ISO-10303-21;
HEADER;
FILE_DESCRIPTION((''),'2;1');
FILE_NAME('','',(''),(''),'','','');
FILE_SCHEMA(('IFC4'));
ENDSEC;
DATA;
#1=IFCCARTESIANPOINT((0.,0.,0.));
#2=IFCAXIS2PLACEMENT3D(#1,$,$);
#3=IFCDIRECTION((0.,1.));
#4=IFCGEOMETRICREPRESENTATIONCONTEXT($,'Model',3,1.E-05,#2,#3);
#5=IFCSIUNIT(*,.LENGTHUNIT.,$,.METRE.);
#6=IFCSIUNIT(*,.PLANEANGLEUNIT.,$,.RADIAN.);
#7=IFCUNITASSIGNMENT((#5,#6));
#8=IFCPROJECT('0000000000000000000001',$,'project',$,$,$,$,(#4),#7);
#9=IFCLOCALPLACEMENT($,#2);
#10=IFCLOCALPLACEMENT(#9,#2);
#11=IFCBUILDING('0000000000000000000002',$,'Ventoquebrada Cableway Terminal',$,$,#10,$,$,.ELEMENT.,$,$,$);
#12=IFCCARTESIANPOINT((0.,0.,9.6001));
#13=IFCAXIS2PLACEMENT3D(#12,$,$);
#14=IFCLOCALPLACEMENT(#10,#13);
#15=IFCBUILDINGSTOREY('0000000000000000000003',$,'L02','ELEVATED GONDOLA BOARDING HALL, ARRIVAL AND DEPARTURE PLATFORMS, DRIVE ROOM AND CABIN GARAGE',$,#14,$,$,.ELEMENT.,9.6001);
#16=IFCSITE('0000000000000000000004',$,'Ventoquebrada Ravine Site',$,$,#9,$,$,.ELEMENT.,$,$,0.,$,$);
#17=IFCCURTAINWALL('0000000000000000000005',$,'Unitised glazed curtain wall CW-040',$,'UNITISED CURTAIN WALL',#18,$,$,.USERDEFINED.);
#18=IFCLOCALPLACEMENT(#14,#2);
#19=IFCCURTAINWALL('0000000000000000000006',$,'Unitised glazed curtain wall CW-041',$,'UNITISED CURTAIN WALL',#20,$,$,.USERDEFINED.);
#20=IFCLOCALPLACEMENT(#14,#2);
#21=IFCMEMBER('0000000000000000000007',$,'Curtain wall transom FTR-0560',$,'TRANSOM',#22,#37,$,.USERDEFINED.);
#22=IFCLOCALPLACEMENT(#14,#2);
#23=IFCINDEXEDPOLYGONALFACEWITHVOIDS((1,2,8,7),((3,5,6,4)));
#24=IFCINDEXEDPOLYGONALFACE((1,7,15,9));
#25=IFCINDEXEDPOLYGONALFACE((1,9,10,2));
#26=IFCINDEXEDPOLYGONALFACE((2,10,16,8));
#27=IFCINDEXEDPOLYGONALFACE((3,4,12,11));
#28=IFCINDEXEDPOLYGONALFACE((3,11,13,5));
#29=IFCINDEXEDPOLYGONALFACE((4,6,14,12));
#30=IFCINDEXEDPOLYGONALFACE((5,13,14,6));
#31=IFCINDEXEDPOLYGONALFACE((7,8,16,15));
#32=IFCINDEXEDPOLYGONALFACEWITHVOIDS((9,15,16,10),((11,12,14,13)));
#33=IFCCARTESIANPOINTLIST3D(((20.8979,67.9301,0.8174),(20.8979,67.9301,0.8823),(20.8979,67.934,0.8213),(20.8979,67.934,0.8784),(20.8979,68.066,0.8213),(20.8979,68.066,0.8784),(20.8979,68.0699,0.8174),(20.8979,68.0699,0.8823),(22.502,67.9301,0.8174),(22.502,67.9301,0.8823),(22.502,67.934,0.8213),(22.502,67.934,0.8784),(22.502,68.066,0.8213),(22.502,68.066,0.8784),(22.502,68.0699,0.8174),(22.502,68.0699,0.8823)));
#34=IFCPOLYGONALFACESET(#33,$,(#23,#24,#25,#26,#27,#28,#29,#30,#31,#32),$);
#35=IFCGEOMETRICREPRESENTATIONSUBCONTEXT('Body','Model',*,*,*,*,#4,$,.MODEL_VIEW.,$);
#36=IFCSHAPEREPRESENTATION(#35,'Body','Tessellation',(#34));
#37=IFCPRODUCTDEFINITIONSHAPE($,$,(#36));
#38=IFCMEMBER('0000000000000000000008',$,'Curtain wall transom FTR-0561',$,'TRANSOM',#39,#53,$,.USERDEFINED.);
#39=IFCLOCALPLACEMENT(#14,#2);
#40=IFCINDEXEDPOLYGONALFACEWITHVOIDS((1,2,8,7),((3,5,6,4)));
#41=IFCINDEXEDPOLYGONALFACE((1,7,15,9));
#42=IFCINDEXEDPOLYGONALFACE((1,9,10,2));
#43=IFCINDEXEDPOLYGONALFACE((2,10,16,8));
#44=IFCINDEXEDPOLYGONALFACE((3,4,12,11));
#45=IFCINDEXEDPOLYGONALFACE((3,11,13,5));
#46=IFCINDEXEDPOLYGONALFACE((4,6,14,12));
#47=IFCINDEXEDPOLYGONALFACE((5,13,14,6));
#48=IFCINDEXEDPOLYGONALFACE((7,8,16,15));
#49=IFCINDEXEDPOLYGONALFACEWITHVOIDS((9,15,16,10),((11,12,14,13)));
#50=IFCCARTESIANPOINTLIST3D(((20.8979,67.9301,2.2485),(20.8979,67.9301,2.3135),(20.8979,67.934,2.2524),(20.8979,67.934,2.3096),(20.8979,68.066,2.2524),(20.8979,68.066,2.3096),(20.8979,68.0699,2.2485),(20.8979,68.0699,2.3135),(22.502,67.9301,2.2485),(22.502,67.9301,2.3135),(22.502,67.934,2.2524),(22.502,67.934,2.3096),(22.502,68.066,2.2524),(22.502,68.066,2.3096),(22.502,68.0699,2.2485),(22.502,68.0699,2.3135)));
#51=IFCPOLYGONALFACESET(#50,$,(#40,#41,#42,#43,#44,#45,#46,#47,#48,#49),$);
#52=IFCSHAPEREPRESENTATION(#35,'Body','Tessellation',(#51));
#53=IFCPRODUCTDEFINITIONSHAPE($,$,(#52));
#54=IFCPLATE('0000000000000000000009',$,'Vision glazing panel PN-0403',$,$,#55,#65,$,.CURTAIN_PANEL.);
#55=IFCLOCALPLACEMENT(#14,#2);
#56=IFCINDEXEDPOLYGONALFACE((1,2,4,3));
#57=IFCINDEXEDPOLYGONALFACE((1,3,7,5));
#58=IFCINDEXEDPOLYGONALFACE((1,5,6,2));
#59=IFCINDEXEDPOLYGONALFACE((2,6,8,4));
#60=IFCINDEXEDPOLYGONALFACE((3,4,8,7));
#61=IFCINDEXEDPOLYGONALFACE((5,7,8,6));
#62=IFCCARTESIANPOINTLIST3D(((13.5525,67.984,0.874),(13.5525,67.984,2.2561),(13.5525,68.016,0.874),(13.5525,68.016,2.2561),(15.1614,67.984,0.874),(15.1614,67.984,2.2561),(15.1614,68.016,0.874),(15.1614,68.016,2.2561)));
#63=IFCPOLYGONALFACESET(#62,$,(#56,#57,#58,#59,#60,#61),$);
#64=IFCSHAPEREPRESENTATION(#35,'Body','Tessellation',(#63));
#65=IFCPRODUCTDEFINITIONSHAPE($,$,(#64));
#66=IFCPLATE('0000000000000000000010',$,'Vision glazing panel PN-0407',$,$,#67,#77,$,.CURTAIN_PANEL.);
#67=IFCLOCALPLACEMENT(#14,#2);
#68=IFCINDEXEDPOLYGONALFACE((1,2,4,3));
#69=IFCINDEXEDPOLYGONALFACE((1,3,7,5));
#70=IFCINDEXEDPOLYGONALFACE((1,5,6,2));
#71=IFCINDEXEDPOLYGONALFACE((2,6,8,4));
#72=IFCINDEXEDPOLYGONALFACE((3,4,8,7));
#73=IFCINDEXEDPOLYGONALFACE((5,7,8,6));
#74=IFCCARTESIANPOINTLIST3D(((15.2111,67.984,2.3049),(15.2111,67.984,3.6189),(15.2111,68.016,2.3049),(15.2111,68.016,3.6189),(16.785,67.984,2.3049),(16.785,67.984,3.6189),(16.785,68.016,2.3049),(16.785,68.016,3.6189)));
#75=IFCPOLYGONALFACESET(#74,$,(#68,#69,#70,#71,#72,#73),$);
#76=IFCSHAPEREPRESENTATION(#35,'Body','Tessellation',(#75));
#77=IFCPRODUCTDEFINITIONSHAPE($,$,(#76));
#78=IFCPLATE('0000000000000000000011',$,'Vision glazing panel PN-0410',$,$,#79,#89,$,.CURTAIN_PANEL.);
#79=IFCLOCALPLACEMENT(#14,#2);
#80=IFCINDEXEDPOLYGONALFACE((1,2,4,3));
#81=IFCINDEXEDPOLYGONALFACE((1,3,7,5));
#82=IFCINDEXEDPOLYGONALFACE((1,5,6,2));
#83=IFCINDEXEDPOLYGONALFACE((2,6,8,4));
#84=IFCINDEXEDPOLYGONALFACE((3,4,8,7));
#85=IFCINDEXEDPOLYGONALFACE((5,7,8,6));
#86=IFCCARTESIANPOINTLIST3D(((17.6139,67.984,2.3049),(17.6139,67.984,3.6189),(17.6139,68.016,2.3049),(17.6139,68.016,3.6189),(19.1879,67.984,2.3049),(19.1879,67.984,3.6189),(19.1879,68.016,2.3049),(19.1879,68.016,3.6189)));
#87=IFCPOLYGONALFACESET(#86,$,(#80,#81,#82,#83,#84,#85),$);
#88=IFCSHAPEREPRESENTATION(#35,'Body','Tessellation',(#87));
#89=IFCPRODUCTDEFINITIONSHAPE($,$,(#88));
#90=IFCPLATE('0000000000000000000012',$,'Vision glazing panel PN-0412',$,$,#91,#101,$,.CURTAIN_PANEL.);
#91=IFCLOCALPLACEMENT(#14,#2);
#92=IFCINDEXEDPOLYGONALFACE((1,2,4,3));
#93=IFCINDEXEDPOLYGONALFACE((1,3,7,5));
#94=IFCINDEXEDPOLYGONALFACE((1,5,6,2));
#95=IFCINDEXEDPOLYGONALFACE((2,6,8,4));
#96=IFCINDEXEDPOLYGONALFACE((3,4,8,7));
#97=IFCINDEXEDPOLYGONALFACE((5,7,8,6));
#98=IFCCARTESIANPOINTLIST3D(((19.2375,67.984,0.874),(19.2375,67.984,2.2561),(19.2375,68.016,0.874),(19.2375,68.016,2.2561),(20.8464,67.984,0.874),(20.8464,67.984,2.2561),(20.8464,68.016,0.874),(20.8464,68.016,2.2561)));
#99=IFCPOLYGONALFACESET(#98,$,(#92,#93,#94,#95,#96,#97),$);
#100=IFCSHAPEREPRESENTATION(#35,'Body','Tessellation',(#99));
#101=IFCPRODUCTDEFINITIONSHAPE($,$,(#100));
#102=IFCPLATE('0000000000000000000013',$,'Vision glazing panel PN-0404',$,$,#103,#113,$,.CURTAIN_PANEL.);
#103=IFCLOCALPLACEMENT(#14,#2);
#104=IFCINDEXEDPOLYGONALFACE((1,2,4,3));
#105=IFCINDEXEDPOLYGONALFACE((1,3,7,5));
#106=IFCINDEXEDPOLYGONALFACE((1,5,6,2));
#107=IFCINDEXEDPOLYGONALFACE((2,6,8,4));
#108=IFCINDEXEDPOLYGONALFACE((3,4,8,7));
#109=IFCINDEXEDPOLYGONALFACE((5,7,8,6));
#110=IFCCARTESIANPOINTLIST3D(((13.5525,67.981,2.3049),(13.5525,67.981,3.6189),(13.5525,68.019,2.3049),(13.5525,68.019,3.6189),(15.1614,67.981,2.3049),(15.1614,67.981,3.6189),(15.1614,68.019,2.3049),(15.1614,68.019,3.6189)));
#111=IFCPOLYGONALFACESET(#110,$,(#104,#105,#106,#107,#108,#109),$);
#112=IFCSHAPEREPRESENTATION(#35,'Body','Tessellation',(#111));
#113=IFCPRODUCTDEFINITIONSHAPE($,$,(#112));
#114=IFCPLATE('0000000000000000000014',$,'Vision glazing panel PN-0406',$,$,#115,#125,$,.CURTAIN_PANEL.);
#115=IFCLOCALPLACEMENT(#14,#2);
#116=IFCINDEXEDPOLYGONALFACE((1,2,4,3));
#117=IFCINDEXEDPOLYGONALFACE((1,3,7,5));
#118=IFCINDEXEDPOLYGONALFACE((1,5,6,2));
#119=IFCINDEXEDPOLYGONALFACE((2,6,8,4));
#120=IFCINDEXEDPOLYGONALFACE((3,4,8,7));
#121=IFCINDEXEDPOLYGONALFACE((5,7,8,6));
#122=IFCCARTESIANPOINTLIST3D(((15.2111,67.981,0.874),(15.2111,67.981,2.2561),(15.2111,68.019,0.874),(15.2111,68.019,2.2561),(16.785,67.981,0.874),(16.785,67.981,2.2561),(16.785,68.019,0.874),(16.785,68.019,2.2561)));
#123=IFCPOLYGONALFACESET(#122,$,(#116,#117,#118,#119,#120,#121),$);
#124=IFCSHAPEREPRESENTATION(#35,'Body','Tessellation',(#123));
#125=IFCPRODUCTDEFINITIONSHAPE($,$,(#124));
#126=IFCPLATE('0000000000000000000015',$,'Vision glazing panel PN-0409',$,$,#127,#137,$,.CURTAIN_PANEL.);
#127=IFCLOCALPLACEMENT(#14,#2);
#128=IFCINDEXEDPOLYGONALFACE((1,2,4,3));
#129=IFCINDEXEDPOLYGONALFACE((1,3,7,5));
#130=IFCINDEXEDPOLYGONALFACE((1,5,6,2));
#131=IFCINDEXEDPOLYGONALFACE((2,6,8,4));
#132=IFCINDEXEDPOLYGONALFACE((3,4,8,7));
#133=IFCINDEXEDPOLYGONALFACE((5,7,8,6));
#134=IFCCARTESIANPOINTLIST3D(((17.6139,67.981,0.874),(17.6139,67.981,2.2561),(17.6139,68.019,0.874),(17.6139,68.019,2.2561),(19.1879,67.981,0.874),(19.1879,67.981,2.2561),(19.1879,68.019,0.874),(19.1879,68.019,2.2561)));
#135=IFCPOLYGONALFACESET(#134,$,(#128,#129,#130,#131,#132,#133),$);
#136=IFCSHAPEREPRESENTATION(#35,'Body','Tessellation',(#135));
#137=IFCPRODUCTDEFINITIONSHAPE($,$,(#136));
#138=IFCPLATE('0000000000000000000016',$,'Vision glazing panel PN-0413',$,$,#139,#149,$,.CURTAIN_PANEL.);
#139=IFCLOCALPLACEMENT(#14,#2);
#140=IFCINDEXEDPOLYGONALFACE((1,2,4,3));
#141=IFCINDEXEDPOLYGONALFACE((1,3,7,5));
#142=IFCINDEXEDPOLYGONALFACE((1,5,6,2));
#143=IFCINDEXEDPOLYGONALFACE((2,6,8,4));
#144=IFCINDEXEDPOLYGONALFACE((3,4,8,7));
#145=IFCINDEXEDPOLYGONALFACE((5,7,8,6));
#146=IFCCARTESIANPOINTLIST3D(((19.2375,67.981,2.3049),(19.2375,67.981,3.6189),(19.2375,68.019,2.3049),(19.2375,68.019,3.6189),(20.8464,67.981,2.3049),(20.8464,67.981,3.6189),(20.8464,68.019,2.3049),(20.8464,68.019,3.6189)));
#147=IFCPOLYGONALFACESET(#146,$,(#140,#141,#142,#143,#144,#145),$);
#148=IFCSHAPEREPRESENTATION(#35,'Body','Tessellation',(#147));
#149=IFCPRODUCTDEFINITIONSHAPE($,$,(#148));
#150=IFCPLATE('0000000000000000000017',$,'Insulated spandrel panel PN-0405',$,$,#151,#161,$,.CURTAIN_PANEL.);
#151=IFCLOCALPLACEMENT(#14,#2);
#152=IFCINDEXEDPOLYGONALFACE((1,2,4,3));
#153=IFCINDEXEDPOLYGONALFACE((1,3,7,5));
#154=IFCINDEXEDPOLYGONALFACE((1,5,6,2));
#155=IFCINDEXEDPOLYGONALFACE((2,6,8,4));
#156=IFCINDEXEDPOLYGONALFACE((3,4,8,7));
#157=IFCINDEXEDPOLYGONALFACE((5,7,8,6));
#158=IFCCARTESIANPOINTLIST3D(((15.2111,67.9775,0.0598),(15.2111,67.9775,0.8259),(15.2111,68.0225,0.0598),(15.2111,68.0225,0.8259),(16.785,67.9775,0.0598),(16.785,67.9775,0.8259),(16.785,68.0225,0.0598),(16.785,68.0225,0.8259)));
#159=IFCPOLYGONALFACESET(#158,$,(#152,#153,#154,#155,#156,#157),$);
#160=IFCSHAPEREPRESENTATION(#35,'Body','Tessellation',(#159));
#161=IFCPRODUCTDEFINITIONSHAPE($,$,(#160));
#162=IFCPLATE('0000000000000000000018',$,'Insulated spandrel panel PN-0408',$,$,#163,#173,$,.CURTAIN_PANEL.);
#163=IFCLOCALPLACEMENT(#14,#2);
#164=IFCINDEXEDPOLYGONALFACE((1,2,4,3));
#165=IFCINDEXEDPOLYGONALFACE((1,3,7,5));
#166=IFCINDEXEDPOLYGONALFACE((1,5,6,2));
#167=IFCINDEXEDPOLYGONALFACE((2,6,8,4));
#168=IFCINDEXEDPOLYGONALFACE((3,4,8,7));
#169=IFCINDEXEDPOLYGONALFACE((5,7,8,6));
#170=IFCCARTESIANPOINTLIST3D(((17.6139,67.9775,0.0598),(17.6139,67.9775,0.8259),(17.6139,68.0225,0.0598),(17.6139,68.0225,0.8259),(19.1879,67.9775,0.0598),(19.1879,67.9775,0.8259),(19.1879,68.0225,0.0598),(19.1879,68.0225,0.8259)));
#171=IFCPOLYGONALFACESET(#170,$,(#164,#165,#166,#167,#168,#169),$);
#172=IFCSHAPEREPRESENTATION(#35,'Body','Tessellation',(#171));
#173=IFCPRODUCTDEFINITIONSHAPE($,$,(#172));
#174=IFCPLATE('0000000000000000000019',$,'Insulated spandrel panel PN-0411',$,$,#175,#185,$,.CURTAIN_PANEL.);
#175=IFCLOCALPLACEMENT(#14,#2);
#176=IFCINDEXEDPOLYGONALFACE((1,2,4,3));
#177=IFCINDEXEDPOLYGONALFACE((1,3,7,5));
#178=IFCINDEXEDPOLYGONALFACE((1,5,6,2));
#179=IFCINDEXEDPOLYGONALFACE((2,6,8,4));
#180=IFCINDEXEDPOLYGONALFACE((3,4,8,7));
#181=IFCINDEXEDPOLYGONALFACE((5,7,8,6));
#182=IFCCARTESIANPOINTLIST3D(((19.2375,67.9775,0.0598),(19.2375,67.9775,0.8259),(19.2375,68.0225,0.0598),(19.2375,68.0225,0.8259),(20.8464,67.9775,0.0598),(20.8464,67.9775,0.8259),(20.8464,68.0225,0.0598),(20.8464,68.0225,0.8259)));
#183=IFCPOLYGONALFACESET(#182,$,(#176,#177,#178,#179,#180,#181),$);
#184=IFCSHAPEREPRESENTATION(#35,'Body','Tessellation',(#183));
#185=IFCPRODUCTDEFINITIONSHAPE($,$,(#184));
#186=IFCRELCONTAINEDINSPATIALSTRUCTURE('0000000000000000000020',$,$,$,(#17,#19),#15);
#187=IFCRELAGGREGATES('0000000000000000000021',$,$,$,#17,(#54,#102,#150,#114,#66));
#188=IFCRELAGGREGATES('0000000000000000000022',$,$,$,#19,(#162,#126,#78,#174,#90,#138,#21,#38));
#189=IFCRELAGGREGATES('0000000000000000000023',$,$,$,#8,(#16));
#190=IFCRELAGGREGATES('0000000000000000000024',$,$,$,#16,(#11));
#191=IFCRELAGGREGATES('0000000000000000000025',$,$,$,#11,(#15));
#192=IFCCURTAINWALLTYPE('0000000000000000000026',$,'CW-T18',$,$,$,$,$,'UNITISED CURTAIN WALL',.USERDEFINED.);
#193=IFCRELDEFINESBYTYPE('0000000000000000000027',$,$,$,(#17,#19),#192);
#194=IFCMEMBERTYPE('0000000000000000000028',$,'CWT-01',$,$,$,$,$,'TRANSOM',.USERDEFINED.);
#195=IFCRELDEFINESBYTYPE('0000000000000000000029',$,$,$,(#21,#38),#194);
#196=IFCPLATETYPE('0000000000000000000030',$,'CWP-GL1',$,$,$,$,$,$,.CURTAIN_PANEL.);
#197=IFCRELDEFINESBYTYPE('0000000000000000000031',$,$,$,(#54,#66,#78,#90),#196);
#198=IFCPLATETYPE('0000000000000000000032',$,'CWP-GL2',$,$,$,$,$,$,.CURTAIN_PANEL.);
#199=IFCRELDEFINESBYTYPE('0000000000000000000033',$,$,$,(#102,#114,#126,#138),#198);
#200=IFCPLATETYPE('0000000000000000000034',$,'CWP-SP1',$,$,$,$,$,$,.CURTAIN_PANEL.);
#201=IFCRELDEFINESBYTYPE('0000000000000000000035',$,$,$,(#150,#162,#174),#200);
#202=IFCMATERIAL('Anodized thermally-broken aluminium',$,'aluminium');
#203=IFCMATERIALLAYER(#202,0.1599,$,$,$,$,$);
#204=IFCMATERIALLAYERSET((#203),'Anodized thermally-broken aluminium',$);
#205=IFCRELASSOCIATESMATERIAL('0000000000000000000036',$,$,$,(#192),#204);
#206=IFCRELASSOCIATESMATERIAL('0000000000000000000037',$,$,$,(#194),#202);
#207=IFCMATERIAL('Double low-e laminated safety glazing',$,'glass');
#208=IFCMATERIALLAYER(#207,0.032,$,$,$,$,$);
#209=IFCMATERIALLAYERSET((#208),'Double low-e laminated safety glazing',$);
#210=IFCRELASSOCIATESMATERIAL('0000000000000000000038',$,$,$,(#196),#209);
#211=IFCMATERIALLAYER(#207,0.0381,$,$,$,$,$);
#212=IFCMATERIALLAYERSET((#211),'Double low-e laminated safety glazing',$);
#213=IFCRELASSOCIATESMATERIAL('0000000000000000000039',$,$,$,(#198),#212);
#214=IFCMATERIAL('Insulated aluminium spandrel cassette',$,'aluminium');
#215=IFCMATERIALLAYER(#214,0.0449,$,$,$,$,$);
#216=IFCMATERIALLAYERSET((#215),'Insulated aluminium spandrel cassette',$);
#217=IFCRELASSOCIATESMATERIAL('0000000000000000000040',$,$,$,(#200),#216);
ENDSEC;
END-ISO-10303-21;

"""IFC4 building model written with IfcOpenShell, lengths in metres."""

from ifc_helpers import new_model, si_unit, direction, frame, origin, origin_2d, place, context, subcontext, project, spatial, rectangle, hollow_rectangle, extrude, material, layer, layer_set, material_profile, profile_set, type_object, element, aggregate, save


model = new_model("IFC4")

# Units and contexts
model_context = context("Model", 3, precision=1e-05, world=origin(), true_north=direction((0.0, 1.0)))
body_context = subcontext(model_context, "Body", "Model", "MODEL_VIEW")
ifc_project = project(units=[si_unit("LENGTHUNIT", "METRE"), si_unit("PLANEANGLEUNIT", "RADIAN")], contexts=[model_context])

# Site, building, storey
site_placement = place(None, origin())
site = spatial("IfcSite", under=ifc_project, at=site_placement, Name="Ventoquebrada Ravine Site", CompositionType="ELEMENT", RefElevation=0.0)
building_placement = place(site_placement, origin())
building = spatial("IfcBuilding", under=site, at=building_placement, Name="Ventoquebrada Cableway Terminal", CompositionType="ELEMENT")
storey_placement = place(building_placement, frame((0.0, 0.0, 9.6001)))
storey = spatial("IfcBuildingStorey", under=building, at=storey_placement, Name="L02", Description="ELEVATED GONDOLA BOARDING HALL, ARRIVAL AND DEPARTURE PLATFORMS, DRIVE ROOM AND CABIN GARAGE", CompositionType="ELEMENT", Elevation=9.6001)

# Curtain walls
ifc_material_1 = material(Name="Anodized thermally-broken aluminium", Category="aluminium")
ifc_layer_1 = layer(ifc_material_1, 0.1599)
ifc_layer_set_1 = layer_set([ifc_layer_1], Name="Anodized thermally-broken aluminium")
curtain_wall_type = type_object("IfcCurtainWallType", Name="CW-T18", ElementType="UNITISED CURTAIN WALL", PredefinedType="USERDEFINED", material=ifc_layer_set_1)
curtain_wall_1_placement = place(storey_placement, origin())
curtain_wall_1 = element("IfcCurtainWall", 1, at=curtain_wall_1_placement, inside=storey, type_object=curtain_wall_type, Name="Unitised glazed curtain wall CW-040", ObjectType="UNITISED CURTAIN WALL", PredefinedType="USERDEFINED")
curtain_wall_2_placement = place(storey_placement, origin())
curtain_wall_2 = element("IfcCurtainWall", 2, at=curtain_wall_2_placement, inside=storey, type_object=curtain_wall_type, Name="Unitised glazed curtain wall CW-041", ObjectType="UNITISED CURTAIN WALL", PredefinedType="USERDEFINED")

# Members
ifc_material_profile_1 = material_profile(ifc_material_1, hollow_rectangle(XDim=0.0649, YDim=0.1399, WallThickness=0.0039, at=origin_2d()), Name="CW-TRN-65X140")
ifc_profile_set_1 = profile_set([ifc_material_profile_1], Name="Anodized thermally-broken aluminium")
member_type_1 = type_object("IfcMemberType", Name="CWT-01", ElementType="TRANSOM", PredefinedType="USERDEFINED", material=ifc_profile_set_1)
member_1_placement = place(storey_placement, frame((20.8979, 68.0, 0.8499), z_axis=(1.0, 0.0, 0.0), x_axis=(0.0, 0.0, 1.0)))
member_1 = element("IfcMember", 3, at=member_1_placement, type_object=member_type_1, Name="Curtain wall transom FTR-0560", ObjectType="TRANSOM", PredefinedType="USERDEFINED", context=body_context, shape_type="SweptSolid", body=[
    extrude(hollow_rectangle(XDim=0.0649, YDim=0.1399, WallThickness=0.0039, at=origin_2d()), origin(), (0.0, 0.0, 1.0), 1.604),
])
member_2_placement = place(storey_placement, frame((20.8979, 68.0, 2.281), z_axis=(1.0, 0.0, 0.0), x_axis=(0.0, 0.0, 1.0)))
member_2 = element("IfcMember", 4, at=member_2_placement, type_object=member_type_1, Name="Curtain wall transom FTR-0561", ObjectType="TRANSOM", PredefinedType="USERDEFINED", context=body_context, shape_type="SweptSolid", body=[
    extrude(hollow_rectangle(XDim=0.0649, YDim=0.1399, WallThickness=0.0039, at=origin_2d()), origin(), (0.0, 0.0, 1.0), 1.604),
])

# Plates
ifc_material_2 = material(Name="Double low-e laminated safety glazing", Category="glass")
ifc_layer_2 = layer(ifc_material_2, 0.032)
ifc_layer_set_2 = layer_set([ifc_layer_2], Name="Double low-e laminated safety glazing")
plate_type_1 = type_object("IfcPlateType", Name="CWP-GL1", PredefinedType="CURTAIN_PANEL", material=ifc_layer_set_2)
plate_1_placement = place(storey_placement, frame((14.3569, 68.0, 0.874), z_axis=(0.0, 0.0, 1.0), x_axis=(1.0, 0.0, 0.0)))
plate_1 = element("IfcPlate", 5, at=plate_1_placement, type_object=plate_type_1, Name="Vision glazing panel PN-0403", PredefinedType="CURTAIN_PANEL", context=body_context, shape_type="SweptSolid", body=[
    extrude(rectangle(XDim=1.6089, YDim=0.032, at=origin_2d()), origin(), (0.0, 0.0, 1.0), 1.3821),
])
plate_2_placement = place(storey_placement, frame((15.998, 68.0, 2.3049), z_axis=(0.0, 0.0, 1.0), x_axis=(1.0, 0.0, 0.0)))
plate_2 = element("IfcPlate", 6, at=plate_2_placement, type_object=plate_type_1, Name="Vision glazing panel PN-0407", PredefinedType="CURTAIN_PANEL", context=body_context, shape_type="SweptSolid", body=[
    extrude(rectangle(XDim=1.574, YDim=0.032, at=origin_2d()), origin(), (0.0, 0.0, 1.0), 1.314),
])
plate_3_placement = place(storey_placement, frame((18.4009, 68.0, 2.3049), z_axis=(0.0, 0.0, 1.0), x_axis=(1.0, 0.0, 0.0)))
plate_3 = element("IfcPlate", 7, at=plate_3_placement, type_object=plate_type_1, Name="Vision glazing panel PN-0410", PredefinedType="CURTAIN_PANEL", context=body_context, shape_type="SweptSolid", body=[
    extrude(rectangle(XDim=1.574, YDim=0.032, at=origin_2d()), origin(), (0.0, 0.0, 1.0), 1.314),
])
plate_4_placement = place(storey_placement, frame((20.042, 68.0, 0.874), z_axis=(0.0, 0.0, 1.0), x_axis=(1.0, 0.0, 0.0)))
plate_4 = element("IfcPlate", 8, at=plate_4_placement, type_object=plate_type_1, Name="Vision glazing panel PN-0412", PredefinedType="CURTAIN_PANEL", context=body_context, shape_type="SweptSolid", body=[
    extrude(rectangle(XDim=1.6089, YDim=0.032, at=origin_2d()), origin(), (0.0, 0.0, 1.0), 1.3821),
])
ifc_layer_3 = layer(ifc_material_2, 0.0381)
ifc_layer_set_3 = layer_set([ifc_layer_3], Name="Double low-e laminated safety glazing")
plate_type_2 = type_object("IfcPlateType", Name="CWP-GL2", PredefinedType="CURTAIN_PANEL", material=ifc_layer_set_3)
plate_5_placement = place(storey_placement, frame((14.3569, 68.0, 2.3049), z_axis=(0.0, 0.0, 1.0), x_axis=(1.0, 0.0, 0.0)))
plate_5 = element("IfcPlate", 9, at=plate_5_placement, type_object=plate_type_2, Name="Vision glazing panel PN-0404", PredefinedType="CURTAIN_PANEL", context=body_context, shape_type="SweptSolid", body=[
    extrude(rectangle(XDim=1.6089, YDim=0.0381, at=origin_2d()), origin(), (0.0, 0.0, 1.0), 1.314),
])
plate_6_placement = place(storey_placement, frame((15.998, 68.0, 0.874), z_axis=(0.0, 0.0, 1.0), x_axis=(1.0, 0.0, 0.0)))
plate_6 = element("IfcPlate", 10, at=plate_6_placement, type_object=plate_type_2, Name="Vision glazing panel PN-0406", PredefinedType="CURTAIN_PANEL", context=body_context, shape_type="SweptSolid", body=[
    extrude(rectangle(XDim=1.574, YDim=0.0381, at=origin_2d()), origin(), (0.0, 0.0, 1.0), 1.3821),
])
plate_7_placement = place(storey_placement, frame((18.4009, 68.0, 0.874), z_axis=(0.0, 0.0, 1.0), x_axis=(1.0, 0.0, 0.0)))
plate_7 = element("IfcPlate", 11, at=plate_7_placement, type_object=plate_type_2, Name="Vision glazing panel PN-0409", PredefinedType="CURTAIN_PANEL", context=body_context, shape_type="SweptSolid", body=[
    extrude(rectangle(XDim=1.574, YDim=0.0381, at=origin_2d()), origin(), (0.0, 0.0, 1.0), 1.3821),
])
plate_8_placement = place(storey_placement, frame((20.042, 68.0, 2.3049), z_axis=(0.0, 0.0, 1.0), x_axis=(1.0, 0.0, 0.0)))
plate_8 = element("IfcPlate", 12, at=plate_8_placement, type_object=plate_type_2, Name="Vision glazing panel PN-0413", PredefinedType="CURTAIN_PANEL", context=body_context, shape_type="SweptSolid", body=[
    extrude(rectangle(XDim=1.6089, YDim=0.0381, at=origin_2d()), origin(), (0.0, 0.0, 1.0), 1.314),
])
ifc_material_3 = material(Name="Insulated aluminium spandrel cassette", Category="aluminium")
ifc_layer_4 = layer(ifc_material_3, 0.0449)
ifc_layer_set_4 = layer_set([ifc_layer_4], Name="Insulated aluminium spandrel cassette")
plate_type_3 = type_object("IfcPlateType", Name="CWP-SP1", PredefinedType="CURTAIN_PANEL", material=ifc_layer_set_4)
plate_9_placement = place(storey_placement, frame((15.998, 68.0, 0.0598), z_axis=(0.0, 0.0, 1.0), x_axis=(1.0, 0.0, 0.0)))
plate_9 = element("IfcPlate", 13, at=plate_9_placement, type_object=plate_type_3, Name="Insulated spandrel panel PN-0405", PredefinedType="CURTAIN_PANEL", context=body_context, shape_type="SweptSolid", body=[
    extrude(rectangle(XDim=1.574, YDim=0.0449, at=origin_2d()), origin(), (0.0, 0.0, 1.0), 0.7661),
])
aggregate(curtain_wall_1, [plate_1, plate_5, plate_9, plate_6, plate_2])
plate_10_placement = place(storey_placement, frame((18.4009, 68.0, 0.0598), z_axis=(0.0, 0.0, 1.0), x_axis=(1.0, 0.0, 0.0)))
plate_10 = element("IfcPlate", 14, at=plate_10_placement, type_object=plate_type_3, Name="Insulated spandrel panel PN-0408", PredefinedType="CURTAIN_PANEL", context=body_context, shape_type="SweptSolid", body=[
    extrude(rectangle(XDim=1.574, YDim=0.0449, at=origin_2d()), origin(), (0.0, 0.0, 1.0), 0.7661),
])
plate_11_placement = place(storey_placement, frame((20.042, 68.0, 0.0598), z_axis=(0.0, 0.0, 1.0), x_axis=(1.0, 0.0, 0.0)))
plate_11 = element("IfcPlate", 15, at=plate_11_placement, type_object=plate_type_3, Name="Insulated spandrel panel PN-0411", PredefinedType="CURTAIN_PANEL", context=body_context, shape_type="SweptSolid", body=[
    extrude(rectangle(XDim=1.6089, YDim=0.0449, at=origin_2d()), origin(), (0.0, 0.0, 1.0), 0.7661),
])
aggregate(curtain_wall_2, [plate_10, plate_7, plate_3, plate_11, plate_4, plate_8, member_1, member_2])

save(model, "model.ifc")
